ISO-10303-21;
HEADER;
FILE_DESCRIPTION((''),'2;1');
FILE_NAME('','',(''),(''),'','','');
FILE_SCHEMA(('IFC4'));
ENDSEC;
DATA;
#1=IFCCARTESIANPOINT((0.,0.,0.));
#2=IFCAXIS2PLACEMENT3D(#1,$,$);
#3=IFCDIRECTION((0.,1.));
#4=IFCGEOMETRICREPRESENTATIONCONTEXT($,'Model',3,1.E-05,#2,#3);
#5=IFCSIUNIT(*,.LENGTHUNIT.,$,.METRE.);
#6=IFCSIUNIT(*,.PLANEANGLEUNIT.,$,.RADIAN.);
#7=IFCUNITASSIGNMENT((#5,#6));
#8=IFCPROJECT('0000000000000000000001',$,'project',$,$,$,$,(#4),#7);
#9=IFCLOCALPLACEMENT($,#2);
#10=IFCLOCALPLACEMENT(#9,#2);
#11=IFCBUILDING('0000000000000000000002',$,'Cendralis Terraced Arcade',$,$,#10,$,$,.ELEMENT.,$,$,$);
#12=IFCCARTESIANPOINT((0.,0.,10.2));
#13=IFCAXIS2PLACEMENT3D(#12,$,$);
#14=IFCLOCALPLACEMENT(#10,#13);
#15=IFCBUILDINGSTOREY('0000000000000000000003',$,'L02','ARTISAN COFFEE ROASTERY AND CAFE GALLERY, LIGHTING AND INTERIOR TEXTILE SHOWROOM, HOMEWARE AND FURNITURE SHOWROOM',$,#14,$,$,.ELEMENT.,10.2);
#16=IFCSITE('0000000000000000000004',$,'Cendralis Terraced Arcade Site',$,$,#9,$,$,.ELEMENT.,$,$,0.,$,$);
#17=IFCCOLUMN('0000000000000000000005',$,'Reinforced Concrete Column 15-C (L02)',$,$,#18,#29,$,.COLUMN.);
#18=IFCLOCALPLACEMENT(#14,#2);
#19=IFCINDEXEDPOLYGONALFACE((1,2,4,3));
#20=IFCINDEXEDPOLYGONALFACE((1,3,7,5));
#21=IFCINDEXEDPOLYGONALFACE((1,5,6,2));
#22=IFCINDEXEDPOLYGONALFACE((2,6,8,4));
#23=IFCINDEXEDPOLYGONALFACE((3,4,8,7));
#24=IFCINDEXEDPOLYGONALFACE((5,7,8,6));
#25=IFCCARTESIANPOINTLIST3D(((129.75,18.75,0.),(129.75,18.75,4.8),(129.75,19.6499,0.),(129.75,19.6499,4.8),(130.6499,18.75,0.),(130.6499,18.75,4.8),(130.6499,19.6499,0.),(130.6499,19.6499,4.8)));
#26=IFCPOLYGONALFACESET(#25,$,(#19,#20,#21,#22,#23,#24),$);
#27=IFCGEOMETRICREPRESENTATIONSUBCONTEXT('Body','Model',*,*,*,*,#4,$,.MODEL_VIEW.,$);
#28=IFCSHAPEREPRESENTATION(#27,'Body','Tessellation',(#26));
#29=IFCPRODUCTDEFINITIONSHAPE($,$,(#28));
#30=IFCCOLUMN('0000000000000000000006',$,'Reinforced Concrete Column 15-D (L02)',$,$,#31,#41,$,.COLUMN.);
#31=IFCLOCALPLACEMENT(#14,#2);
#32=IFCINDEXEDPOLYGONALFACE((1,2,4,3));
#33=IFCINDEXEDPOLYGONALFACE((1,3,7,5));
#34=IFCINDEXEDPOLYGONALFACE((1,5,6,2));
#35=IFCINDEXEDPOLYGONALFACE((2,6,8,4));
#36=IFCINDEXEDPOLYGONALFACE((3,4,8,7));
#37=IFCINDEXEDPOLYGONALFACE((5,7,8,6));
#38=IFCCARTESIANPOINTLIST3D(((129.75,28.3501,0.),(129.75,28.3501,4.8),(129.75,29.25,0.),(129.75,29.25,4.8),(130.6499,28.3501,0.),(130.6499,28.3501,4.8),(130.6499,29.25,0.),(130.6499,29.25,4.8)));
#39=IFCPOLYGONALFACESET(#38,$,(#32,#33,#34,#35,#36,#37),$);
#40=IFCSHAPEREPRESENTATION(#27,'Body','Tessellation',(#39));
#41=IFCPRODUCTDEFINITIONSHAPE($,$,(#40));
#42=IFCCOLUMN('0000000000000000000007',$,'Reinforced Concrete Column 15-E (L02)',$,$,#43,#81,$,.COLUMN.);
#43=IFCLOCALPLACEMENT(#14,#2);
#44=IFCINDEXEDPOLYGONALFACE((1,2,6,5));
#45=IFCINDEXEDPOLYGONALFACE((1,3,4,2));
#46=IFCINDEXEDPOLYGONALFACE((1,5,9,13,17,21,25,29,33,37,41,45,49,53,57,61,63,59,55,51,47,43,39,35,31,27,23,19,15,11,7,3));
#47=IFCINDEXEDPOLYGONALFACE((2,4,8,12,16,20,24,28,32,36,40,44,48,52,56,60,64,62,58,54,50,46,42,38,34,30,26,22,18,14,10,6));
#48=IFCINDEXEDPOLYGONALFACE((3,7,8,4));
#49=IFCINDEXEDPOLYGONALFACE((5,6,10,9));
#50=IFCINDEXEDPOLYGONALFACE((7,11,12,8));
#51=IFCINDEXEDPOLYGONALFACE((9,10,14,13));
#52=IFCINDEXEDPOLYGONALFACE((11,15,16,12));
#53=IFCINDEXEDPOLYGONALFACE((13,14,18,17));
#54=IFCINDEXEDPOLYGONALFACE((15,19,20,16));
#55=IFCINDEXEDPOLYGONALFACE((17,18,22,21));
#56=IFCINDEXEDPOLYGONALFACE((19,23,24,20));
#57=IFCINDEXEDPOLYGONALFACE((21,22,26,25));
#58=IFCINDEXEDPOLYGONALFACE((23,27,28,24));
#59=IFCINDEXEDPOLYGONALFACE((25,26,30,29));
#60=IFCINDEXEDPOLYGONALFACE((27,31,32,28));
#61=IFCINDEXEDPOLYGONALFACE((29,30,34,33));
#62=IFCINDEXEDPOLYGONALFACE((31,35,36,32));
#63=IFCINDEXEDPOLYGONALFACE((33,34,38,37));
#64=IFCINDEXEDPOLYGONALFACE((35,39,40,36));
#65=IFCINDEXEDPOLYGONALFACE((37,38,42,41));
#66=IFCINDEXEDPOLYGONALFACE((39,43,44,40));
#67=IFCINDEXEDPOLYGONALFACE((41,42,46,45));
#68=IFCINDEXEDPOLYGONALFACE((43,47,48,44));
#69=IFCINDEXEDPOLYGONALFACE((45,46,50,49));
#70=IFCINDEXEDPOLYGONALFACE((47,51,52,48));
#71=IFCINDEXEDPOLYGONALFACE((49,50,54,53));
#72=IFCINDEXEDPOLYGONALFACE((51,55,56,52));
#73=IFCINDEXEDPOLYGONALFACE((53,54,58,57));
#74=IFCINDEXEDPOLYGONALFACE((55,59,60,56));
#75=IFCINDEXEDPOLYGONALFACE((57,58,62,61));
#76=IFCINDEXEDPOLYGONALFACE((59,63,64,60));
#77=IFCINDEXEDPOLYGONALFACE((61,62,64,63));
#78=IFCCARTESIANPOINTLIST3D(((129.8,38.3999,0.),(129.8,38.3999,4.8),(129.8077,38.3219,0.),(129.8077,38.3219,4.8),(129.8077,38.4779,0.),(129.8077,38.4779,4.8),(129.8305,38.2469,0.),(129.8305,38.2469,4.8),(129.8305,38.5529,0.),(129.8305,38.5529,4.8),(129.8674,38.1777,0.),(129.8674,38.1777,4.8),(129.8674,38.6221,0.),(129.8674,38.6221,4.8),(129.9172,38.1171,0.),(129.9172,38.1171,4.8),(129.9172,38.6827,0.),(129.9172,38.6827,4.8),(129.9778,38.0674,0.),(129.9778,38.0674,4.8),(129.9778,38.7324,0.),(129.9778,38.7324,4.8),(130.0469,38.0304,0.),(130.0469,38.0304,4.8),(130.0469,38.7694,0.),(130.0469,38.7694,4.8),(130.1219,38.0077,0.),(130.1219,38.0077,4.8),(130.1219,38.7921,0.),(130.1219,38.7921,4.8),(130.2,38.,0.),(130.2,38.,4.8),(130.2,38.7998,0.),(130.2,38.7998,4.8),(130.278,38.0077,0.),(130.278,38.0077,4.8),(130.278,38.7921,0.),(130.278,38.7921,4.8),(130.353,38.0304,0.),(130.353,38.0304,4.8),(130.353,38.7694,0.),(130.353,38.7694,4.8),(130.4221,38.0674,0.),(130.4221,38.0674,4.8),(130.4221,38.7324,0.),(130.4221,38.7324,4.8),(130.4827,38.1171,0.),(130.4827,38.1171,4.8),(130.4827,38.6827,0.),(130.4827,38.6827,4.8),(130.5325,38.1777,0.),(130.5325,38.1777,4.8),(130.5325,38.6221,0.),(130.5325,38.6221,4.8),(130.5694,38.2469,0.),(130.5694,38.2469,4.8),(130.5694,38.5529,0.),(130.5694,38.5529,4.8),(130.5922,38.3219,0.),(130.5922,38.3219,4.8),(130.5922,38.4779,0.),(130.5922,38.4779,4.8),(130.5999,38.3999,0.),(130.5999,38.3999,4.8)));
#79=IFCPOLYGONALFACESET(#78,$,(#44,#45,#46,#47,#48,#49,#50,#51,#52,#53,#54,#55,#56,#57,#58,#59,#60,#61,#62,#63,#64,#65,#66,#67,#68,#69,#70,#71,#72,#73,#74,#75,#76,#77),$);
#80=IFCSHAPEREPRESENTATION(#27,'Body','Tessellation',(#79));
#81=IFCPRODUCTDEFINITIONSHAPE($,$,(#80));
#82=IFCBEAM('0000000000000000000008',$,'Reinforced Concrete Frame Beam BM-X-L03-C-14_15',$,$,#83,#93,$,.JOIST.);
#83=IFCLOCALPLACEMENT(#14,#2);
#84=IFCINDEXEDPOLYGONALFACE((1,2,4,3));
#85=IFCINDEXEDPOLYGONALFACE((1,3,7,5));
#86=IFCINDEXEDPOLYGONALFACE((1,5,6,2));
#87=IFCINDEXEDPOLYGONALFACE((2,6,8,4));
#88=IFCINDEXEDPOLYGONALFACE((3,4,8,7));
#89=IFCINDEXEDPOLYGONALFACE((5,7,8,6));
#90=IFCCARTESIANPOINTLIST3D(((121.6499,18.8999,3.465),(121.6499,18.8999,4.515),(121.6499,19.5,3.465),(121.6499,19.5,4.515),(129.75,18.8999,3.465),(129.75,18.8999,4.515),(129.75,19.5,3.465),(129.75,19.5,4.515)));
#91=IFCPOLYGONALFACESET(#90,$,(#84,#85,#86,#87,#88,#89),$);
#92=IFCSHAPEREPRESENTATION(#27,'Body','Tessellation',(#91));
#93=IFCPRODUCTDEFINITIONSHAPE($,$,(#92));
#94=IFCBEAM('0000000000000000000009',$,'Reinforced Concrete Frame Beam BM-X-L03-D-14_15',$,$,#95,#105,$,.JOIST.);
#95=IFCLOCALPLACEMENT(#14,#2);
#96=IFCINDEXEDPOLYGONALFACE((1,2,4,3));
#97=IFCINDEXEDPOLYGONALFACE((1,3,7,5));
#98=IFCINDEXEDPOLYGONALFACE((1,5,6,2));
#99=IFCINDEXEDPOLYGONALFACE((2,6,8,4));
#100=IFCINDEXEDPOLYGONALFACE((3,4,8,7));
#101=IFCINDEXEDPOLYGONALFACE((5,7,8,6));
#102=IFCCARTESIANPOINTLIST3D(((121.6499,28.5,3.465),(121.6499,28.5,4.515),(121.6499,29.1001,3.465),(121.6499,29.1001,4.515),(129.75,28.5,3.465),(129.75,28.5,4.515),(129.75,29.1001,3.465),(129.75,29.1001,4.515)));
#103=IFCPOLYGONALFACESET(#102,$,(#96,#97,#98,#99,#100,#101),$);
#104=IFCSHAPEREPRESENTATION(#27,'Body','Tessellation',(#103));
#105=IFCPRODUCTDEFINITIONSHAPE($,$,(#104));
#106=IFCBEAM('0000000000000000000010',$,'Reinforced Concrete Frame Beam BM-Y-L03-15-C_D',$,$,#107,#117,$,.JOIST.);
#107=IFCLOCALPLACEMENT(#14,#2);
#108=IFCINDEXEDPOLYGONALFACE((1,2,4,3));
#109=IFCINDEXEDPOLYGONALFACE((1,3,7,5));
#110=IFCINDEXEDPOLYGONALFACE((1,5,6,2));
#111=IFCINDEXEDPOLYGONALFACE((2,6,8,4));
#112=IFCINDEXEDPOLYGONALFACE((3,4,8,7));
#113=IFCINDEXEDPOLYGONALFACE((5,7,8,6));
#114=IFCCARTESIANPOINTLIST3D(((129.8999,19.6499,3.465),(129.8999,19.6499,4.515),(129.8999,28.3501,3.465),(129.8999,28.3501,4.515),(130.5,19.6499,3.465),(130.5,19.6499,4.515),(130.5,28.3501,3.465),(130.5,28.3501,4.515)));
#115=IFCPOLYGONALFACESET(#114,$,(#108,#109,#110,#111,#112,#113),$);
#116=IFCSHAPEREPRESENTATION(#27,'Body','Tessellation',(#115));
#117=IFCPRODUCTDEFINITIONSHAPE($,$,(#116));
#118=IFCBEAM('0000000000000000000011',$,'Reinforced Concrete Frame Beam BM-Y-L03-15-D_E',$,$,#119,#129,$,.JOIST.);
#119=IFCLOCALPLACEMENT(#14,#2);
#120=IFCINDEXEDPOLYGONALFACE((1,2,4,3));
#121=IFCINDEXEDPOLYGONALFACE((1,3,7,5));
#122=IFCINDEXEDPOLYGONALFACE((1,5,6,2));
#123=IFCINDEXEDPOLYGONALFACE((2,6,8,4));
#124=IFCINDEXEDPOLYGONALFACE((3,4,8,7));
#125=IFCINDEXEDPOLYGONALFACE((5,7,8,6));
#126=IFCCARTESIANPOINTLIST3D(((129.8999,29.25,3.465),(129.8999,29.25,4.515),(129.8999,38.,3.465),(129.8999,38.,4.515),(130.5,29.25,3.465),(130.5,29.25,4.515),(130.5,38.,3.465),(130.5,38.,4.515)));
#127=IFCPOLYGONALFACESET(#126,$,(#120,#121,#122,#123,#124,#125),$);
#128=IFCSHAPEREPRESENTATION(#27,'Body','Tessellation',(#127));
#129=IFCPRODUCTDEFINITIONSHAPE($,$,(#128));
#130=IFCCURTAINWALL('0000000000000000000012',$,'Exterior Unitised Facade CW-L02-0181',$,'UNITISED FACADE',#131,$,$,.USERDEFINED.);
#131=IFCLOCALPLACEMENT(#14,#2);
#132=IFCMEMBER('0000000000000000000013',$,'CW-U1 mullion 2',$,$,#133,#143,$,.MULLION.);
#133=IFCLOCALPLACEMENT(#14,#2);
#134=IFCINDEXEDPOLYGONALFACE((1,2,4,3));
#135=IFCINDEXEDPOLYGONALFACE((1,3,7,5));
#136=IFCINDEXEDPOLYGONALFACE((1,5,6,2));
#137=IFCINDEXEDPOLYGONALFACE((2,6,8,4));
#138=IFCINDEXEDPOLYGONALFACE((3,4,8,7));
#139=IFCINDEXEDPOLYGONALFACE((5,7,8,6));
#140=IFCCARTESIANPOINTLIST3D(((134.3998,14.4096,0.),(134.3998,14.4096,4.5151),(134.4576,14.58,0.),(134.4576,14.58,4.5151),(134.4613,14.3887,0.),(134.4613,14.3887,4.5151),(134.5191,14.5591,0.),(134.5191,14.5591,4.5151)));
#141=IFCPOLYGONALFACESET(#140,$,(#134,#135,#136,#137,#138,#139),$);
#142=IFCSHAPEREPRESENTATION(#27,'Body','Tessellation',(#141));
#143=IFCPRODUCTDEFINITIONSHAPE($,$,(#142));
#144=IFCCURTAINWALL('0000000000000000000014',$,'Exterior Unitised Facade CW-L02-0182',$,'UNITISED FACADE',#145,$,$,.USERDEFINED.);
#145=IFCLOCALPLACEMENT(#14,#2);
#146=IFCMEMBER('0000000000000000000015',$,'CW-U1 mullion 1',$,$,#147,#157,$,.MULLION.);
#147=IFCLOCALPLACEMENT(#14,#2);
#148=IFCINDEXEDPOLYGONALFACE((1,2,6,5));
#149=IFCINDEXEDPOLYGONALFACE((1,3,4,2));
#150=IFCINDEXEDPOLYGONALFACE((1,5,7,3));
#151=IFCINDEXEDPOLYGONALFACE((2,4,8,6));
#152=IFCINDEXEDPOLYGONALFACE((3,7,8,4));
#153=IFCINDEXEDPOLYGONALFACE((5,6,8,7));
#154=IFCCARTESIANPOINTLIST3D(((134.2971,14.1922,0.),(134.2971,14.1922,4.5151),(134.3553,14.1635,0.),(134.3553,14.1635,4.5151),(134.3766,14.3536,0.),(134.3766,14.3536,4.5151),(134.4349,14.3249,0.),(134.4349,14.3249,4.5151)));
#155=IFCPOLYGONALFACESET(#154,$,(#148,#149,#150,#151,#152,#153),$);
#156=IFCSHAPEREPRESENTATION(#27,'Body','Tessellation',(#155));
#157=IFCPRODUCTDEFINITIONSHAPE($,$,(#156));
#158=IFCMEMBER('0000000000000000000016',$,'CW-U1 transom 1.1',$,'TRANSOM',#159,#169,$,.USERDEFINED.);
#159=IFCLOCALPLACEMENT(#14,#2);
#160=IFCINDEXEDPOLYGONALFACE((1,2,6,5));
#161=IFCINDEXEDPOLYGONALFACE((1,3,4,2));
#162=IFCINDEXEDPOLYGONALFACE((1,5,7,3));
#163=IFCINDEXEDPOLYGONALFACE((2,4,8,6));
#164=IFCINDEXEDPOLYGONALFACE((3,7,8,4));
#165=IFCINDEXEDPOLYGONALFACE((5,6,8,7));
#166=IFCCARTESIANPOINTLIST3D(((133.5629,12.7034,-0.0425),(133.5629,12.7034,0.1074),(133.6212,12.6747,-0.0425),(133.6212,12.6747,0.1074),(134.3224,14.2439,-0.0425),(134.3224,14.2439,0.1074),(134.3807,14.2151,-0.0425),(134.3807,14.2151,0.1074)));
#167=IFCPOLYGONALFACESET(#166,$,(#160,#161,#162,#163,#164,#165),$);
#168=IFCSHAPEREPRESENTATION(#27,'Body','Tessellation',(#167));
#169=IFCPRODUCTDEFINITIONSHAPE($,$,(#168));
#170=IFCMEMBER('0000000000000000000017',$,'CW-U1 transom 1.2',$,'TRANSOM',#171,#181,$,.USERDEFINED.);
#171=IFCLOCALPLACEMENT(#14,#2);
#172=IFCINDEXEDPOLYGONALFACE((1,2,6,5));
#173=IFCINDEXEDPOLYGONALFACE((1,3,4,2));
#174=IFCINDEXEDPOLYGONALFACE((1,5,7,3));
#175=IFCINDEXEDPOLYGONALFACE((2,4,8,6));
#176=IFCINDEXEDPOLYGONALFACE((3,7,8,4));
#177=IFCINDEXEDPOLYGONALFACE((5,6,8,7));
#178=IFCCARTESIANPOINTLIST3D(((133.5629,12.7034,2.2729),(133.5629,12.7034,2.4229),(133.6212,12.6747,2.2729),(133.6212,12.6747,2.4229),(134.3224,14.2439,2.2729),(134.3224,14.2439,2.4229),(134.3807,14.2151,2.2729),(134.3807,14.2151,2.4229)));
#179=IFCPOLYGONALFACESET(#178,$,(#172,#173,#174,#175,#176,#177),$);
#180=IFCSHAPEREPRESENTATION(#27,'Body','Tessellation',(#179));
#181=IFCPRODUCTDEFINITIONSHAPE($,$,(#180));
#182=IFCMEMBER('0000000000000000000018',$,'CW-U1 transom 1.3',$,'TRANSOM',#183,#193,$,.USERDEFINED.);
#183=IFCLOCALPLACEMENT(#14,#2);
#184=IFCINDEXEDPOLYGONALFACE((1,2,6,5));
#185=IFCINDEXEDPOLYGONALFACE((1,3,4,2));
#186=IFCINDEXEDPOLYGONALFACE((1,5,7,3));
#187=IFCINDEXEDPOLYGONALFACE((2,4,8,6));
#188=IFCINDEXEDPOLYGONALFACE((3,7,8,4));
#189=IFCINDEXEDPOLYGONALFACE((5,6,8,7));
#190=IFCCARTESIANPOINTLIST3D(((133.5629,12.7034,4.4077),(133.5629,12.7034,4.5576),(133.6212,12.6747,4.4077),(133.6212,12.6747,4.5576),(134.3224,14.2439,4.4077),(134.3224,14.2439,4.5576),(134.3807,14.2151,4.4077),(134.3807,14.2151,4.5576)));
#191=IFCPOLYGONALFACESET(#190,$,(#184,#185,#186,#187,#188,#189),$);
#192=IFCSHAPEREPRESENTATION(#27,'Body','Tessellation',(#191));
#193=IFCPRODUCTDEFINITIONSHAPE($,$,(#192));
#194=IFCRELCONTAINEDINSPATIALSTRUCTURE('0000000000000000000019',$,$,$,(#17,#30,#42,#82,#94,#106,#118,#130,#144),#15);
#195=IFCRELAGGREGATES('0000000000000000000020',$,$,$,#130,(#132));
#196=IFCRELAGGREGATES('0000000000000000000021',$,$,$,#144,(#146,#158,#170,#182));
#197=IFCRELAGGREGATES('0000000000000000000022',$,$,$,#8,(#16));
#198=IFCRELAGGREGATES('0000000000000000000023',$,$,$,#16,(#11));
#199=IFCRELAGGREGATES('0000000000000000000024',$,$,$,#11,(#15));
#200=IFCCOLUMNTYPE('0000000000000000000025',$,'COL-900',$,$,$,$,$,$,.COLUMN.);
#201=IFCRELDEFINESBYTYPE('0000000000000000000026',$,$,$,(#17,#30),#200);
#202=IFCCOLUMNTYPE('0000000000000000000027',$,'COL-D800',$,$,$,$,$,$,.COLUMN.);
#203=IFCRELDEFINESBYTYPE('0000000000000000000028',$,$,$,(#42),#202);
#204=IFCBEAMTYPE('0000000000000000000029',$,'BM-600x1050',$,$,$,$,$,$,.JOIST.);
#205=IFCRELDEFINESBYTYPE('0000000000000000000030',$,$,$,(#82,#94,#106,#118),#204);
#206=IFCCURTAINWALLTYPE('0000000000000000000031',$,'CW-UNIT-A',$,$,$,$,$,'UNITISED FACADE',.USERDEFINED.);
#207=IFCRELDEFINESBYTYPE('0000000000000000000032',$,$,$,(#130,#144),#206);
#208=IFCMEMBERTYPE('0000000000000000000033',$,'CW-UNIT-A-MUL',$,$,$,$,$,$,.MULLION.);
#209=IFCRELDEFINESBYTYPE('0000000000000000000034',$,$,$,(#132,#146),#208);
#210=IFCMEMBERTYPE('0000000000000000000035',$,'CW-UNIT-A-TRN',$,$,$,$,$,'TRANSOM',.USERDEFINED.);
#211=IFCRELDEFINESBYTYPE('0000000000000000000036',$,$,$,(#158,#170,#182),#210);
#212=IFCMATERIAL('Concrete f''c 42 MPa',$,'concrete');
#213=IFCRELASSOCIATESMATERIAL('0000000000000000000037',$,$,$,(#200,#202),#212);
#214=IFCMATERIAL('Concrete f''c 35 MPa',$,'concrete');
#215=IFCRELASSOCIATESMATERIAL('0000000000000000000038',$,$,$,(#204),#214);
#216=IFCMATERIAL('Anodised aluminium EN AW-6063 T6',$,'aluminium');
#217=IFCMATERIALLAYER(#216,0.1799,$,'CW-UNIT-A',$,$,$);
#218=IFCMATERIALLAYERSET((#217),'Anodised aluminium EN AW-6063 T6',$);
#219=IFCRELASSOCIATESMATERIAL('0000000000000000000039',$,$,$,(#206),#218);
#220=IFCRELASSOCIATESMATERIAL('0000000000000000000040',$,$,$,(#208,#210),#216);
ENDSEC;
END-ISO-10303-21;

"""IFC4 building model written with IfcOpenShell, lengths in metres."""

from ifc_helpers import new_model, si_unit, direction, frame, origin, origin_2d, place, context, subcontext, project, spatial, rectangle, circle, extrude, material, layer, layer_set, material_profile, profile_set, type_object, element, aggregate, save


model = new_model("IFC4")

# Units and contexts
model_context = context("Model", 3, precision=1e-05, world=origin(), true_north=direction((0.0, 1.0)))
body_context = subcontext(model_context, "Body", "Model", "MODEL_VIEW")
ifc_project = project(units=[si_unit("LENGTHUNIT", "METRE"), si_unit("PLANEANGLEUNIT", "RADIAN")], contexts=[model_context])

# Site, building, storey
site_placement = place(None, origin())
site = spatial("IfcSite", under=ifc_project, at=site_placement, Name="Cendralis Terraced Arcade Site", CompositionType="ELEMENT", RefElevation=0.0)
building_placement = place(site_placement, origin())
building = spatial("IfcBuilding", under=site, at=building_placement, Name="Cendralis Terraced Arcade", CompositionType="ELEMENT")
storey_placement = place(building_placement, frame((0.0, 0.0, 10.2)))
storey = spatial("IfcBuildingStorey", under=building, at=storey_placement, Name="L02", Description="ARTISAN COFFEE ROASTERY AND CAFE GALLERY, LIGHTING AND INTERIOR TEXTILE SHOWROOM, HOMEWARE AND FURNITURE SHOWROOM", CompositionType="ELEMENT", Elevation=10.2)

# Columns
ifc_material_1 = material(Name="Concrete f'c 42 MPa", Category="concrete")
ifc_material_profile_1 = material_profile(ifc_material_1, rectangle(XDim=0.8999, YDim=0.8999, at=origin_2d()), Name="RC-COL-900x900", Category="LoadBearing")
ifc_profile_set_1 = profile_set([ifc_material_profile_1], Name="Concrete f'c 42 MPa")
column_type_1 = type_object("IfcColumnType", Name="COL-900", PredefinedType="COLUMN", material=ifc_profile_set_1)
for number, where, z_axis, x_axis, name in (
    (1, (130.2, 19.2, 0.0), (0.0, 0.0, 1.0), (1.0, 0.0, 0.0), "Reinforced Concrete Column 15-C (L02)"),
    (2, (130.2, 28.8, 0.0), (0.0, 0.0, 1.0), (1.0, 0.0, 0.0), "Reinforced Concrete Column 15-D (L02)"),
):
    element("IfcColumn", number, at=place(storey_placement, frame(where, z_axis=z_axis, x_axis=x_axis)), inside=storey, type_object=column_type_1, Name=name, PredefinedType="COLUMN", context=body_context, shape_type="SweptSolid", body=[
        extrude(rectangle(XDim=0.8999, YDim=0.8999, at=origin_2d()), origin(), (0.0, 0.0, 1.0), 4.8),
    ])
ifc_material_profile_2 = material_profile(ifc_material_1, circle(Radius=0.3999, at=origin_2d()), Name="RC-COL-D800", Category="LoadBearing")
ifc_profile_set_2 = profile_set([ifc_material_profile_2], Name="Concrete f'c 42 MPa")
column_type_2 = type_object("IfcColumnType", Name="COL-D800", PredefinedType="COLUMN", material=ifc_profile_set_2)
column_placement = place(storey_placement, frame((130.2, 38.3999, 0.0), z_axis=(0.0, 0.0, 1.0), x_axis=(1.0, 0.0, 0.0)))
element("IfcColumn", 3, at=column_placement, inside=storey, type_object=column_type_2, Name="Reinforced Concrete Column 15-E (L02)", PredefinedType="COLUMN", context=body_context, shape_type="SweptSolid", body=[
    extrude(circle(Radius=0.3999, at=origin_2d()), origin(), (0.0, 0.0, 1.0), 4.8),
])

# Beams
ifc_material_2 = material(Name="Concrete f'c 35 MPa", Category="concrete")
ifc_material_profile_3 = material_profile(ifc_material_2, rectangle(XDim=0.6001, YDim=1.05, at=origin_2d()), Name="RC-BM-600x1050", Category="LoadBearing")
ifc_profile_set_3 = profile_set([ifc_material_profile_3], Name="Concrete f'c 35 MPa")
beam_type_1 = type_object("IfcBeamType", Name="BM-600x1050", PredefinedType="JOIST", material=ifc_profile_set_3)
for number, where, z_axis, x_axis, name in (
    (4, (121.6499, 19.2, 3.99), (1.0, 0.0, 0.0), (0.0, 1.0, 0.0), "Reinforced Concrete Frame Beam BM-X-L03-C-14_15"),
    (5, (121.6499, 28.8, 3.99), (1.0, 0.0, 0.0), (0.0, 1.0, 0.0), "Reinforced Concrete Frame Beam BM-X-L03-D-14_15"),
):
    element("IfcBeam", number, at=place(storey_placement, frame(where, z_axis=z_axis, x_axis=x_axis)), inside=storey, type_object=beam_type_1, Name=name, PredefinedType="JOIST", context=body_context, shape_type="SweptSolid", body=[
        extrude(rectangle(XDim=0.6001, YDim=1.05, at=origin_2d()), origin(), (0.0, 0.0, 1.0), 8.1001),
    ])
beam_1_placement = place(storey_placement, frame((130.2, 19.6499, 3.99), z_axis=(0.0, 1.0, 0.0), x_axis=(-1.0, 0.0, 0.0)))
element("IfcBeam", 6, at=beam_1_placement, inside=storey, type_object=beam_type_1, Name="Reinforced Concrete Frame Beam BM-Y-L03-15-C_D", PredefinedType="JOIST", context=body_context, shape_type="SweptSolid", body=[
    extrude(rectangle(XDim=0.6001, YDim=1.05, at=origin_2d()), origin(), (0.0, 0.0, 1.0), 8.7002),
])
beam_2_placement = place(storey_placement, frame((130.2, 29.25, 3.99), z_axis=(0.0, 1.0, 0.0), x_axis=(-1.0, 0.0, 0.0)))
element("IfcBeam", 7, at=beam_2_placement, inside=storey, type_object=beam_type_1, Name="Reinforced Concrete Frame Beam BM-Y-L03-15-D_E", PredefinedType="JOIST", context=body_context, shape_type="SweptSolid", body=[
    extrude(rectangle(XDim=0.6001, YDim=1.05, at=origin_2d()), origin(), (0.0, 0.0, 1.0), 8.75),
])

# Curtain wall, member
ifc_material_3 = material(Name="Anodised aluminium EN AW-6063 T6", Category="aluminium")
ifc_layer_1 = layer(ifc_material_3, 0.1799, Name="CW-UNIT-A")
ifc_layer_set_1 = layer_set([ifc_layer_1], Name="Anodised aluminium EN AW-6063 T6")
curtain_wall_type = type_object("IfcCurtainWallType", Name="CW-UNIT-A", ElementType="UNITISED FACADE", PredefinedType="USERDEFINED", material=ifc_layer_set_1)
curtain_wall_1_placement = place(storey_placement, origin())
curtain_wall_1 = element("IfcCurtainWall", 8, at=curtain_wall_1_placement, inside=storey, type_object=curtain_wall_type, Name="Exterior Unitised Facade CW-L02-0181", ObjectType="UNITISED FACADE", PredefinedType="USERDEFINED")
ifc_material_profile_4 = material_profile(ifc_material_3, rectangle(XDim=0.0649, YDim=0.1799, at=origin_2d()), Name="ALU-MUL-65x180")
ifc_profile_set_4 = profile_set([ifc_material_profile_4], Name="Anodised aluminium EN AW-6063 T6")
member_type_1 = type_object("IfcMemberType", Name="CW-UNIT-A-MUL", PredefinedType="MULLION", material=ifc_profile_set_4)
member_1_placement = place(storey_placement, frame((134.4595, 14.4844, 0.0), z_axis=(0.0, 0.0, 1.0), x_axis=(0.94691, -0.3215, 0.0)))
member_1 = element("IfcMember", 9, at=member_1_placement, type_object=member_type_1, Name="CW-U1 mullion 2", PredefinedType="MULLION", context=body_context, shape_type="SweptSolid", body=[
    extrude(rectangle(XDim=0.0649, YDim=0.1799, at=origin_2d()), origin(), (0.0, 0.0, 1.0), 4.5151),
])
aggregate(curtain_wall_1, [member_1])

# Curtain wall, members
curtain_wall_2_placement = place(storey_placement, origin())
curtain_wall_2 = element("IfcCurtainWall", 10, at=curtain_wall_2_placement, inside=storey, type_object=curtain_wall_type, Name="Exterior Unitised Facade CW-L02-0182", ObjectType="UNITISED FACADE", PredefinedType="USERDEFINED")
member_2_placement = place(storey_placement, frame((134.366, 14.2585, 0.0), z_axis=(0.0, 0.0, 1.0), x_axis=(0.896882, -0.44227, 0.0)))
member_2 = element("IfcMember", 11, at=member_2_placement, type_object=member_type_1, Name="CW-U1 mullion 1", PredefinedType="MULLION", context=body_context, shape_type="SweptSolid", body=[
    extrude(rectangle(XDim=0.0649, YDim=0.1799, at=origin_2d()), origin(), (0.0, 0.0, 1.0), 4.5151),
])
ifc_material_profile_5 = material_profile(ifc_material_3, rectangle(XDim=0.0649, YDim=0.1499, at=origin_2d()), Name="ALU-TRN-65x150")
ifc_profile_set_5 = profile_set([ifc_material_profile_5], Name="Anodised aluminium EN AW-6063 T6")
member_type_2 = type_object("IfcMemberType", Name="CW-UNIT-A-TRN", ElementType="TRANSOM", PredefinedType="USERDEFINED", material=ifc_profile_set_5)
member_3_placement = place(storey_placement, frame((134.3516, 14.2295, 0.0325), z_axis=(-0.442203, -0.896915, 0.0), x_axis=(0.896915, -0.442203, 0.0)))
member_3 = element("IfcMember", 12, at=member_3_placement, type_object=member_type_2, Name="CW-U1 transom 1.1", ObjectType="TRANSOM", PredefinedType="USERDEFINED", context=body_context, shape_type="SweptSolid", body=[
    extrude(rectangle(XDim=0.0649, YDim=0.1499, at=origin_2d()), origin(), (0.0, 0.0, 1.0), 1.7175),
])
member_4_placement = place(storey_placement, frame((134.3516, 14.2295, 2.3479), z_axis=(-0.442203, -0.896915, 0.0), x_axis=(0.896915, -0.442203, 0.0)))
member_4 = element("IfcMember", 13, at=member_4_placement, type_object=member_type_2, Name="CW-U1 transom 1.2", ObjectType="TRANSOM", PredefinedType="USERDEFINED", context=body_context, shape_type="SweptSolid", body=[
    extrude(rectangle(XDim=0.0649, YDim=0.1499, at=origin_2d()), origin(), (0.0, 0.0, 1.0), 1.7175),
])
member_5_placement = place(storey_placement, frame((134.3516, 14.2295, 4.4827), z_axis=(-0.442203, -0.896915, 0.0), x_axis=(0.896915, -0.442203, 0.0)))
member_5 = element("IfcMember", 14, at=member_5_placement, type_object=member_type_2, Name="CW-U1 transom 1.3", ObjectType="TRANSOM", PredefinedType="USERDEFINED", context=body_context, shape_type="SweptSolid", body=[
    extrude(rectangle(XDim=0.0649, YDim=0.1499, at=origin_2d()), origin(), (0.0, 0.0, 1.0), 1.7175),
])

aggregate(curtain_wall_2, [member_2, member_3, member_4, member_5])

save(model, "model.ifc")
